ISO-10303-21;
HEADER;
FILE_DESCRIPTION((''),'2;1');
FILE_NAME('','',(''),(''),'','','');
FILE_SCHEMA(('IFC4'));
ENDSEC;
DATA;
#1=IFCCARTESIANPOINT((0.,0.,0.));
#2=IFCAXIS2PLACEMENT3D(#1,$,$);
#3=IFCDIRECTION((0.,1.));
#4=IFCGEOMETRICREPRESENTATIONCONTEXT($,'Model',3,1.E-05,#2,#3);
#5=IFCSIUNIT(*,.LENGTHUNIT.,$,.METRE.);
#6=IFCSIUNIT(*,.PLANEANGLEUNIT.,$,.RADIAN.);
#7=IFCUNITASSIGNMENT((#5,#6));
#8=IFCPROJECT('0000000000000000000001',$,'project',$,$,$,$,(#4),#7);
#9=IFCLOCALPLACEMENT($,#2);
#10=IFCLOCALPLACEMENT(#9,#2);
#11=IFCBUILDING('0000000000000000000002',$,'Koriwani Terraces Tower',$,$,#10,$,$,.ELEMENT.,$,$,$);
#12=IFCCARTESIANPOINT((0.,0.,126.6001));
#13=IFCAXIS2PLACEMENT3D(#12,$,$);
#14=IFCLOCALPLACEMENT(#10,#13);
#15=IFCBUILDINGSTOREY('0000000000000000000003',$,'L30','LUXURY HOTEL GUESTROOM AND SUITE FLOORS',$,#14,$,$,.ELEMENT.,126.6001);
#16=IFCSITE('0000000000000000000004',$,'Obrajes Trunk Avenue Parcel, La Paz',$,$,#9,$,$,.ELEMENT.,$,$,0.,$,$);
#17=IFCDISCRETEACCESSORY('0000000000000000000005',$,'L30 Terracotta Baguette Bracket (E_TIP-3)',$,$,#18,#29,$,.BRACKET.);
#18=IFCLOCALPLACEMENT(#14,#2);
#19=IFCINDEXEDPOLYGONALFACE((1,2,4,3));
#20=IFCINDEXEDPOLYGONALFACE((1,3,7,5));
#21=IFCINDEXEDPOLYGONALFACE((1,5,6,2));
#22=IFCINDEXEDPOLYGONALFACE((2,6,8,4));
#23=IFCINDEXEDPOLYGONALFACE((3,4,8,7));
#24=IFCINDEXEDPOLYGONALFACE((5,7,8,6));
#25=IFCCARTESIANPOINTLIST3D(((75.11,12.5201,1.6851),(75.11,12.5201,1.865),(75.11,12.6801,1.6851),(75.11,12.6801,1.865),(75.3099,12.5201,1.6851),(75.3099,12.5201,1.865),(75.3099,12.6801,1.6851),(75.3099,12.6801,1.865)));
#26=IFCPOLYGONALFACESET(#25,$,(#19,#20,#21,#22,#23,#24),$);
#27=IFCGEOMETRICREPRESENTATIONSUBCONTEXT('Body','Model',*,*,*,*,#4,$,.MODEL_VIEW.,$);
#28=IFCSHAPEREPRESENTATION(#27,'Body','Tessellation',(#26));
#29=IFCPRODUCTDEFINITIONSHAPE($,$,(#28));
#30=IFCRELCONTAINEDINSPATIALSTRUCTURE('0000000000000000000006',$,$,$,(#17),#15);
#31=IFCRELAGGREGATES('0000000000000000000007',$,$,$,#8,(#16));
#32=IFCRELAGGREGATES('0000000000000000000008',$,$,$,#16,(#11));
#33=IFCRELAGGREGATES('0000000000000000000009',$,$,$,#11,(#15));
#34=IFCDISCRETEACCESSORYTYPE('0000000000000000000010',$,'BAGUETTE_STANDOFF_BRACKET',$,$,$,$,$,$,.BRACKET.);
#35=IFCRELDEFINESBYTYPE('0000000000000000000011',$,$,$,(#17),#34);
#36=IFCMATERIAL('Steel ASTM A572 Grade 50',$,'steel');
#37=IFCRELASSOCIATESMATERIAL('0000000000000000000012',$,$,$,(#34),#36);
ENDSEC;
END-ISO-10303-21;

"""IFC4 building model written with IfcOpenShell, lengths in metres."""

from ifc_helpers import new_model, si_unit, direction, frame, origin, origin_2d, place, context, subcontext, project, spatial, rectangle, extrude, material, type_object, element, save


model = new_model("IFC4")

# Units and contexts
model_context = context("Model", 3, precision=1e-05, world=origin(), true_north=direction((0.0, 1.0)))
body_context = subcontext(model_context, "Body", "Model", "MODEL_VIEW")
ifc_project = project(units=[si_unit("LENGTHUNIT", "METRE"), si_unit("PLANEANGLEUNIT", "RADIAN")], contexts=[model_context])

# Site, building, storey
site_placement = place(None, origin())
site = spatial("IfcSite", under=ifc_project, at=site_placement, Name="Obrajes Trunk Avenue Parcel, La Paz", CompositionType="ELEMENT", RefElevation=0.0)
building_placement = place(site_placement, origin())
building = spatial("IfcBuilding", under=site, at=building_placement, Name="Koriwani Terraces Tower", CompositionType="ELEMENT")
storey_placement = place(building_placement, frame((0.0, 0.0, 126.6001)))
storey = spatial("IfcBuildingStorey", under=building, at=storey_placement, Name="L30", Description="LUXURY HOTEL GUESTROOM AND SUITE FLOORS", CompositionType="ELEMENT", Elevation=126.6001)

# Shared definitions
ifc_material_1 = material(Name="Steel ASTM A572 Grade 50", Category="steel")

# Discrete accessory
discrete_accessory_type = type_object("IfcDiscreteAccessoryType", Name="BAGUETTE_STANDOFF_BRACKET", PredefinedType="BRACKET", material=ifc_material_1)
discrete_accessory_placement = place(storey_placement, frame((75.21, 12.6001, 1.6851), z_axis=(0.0, 0.0, 1.0), x_axis=(0.0, -1.0, 0.0)))
element("IfcDiscreteAccessory", 1, at=discrete_accessory_placement, inside=storey, type_object=discrete_accessory_type, Name="L30 Terracotta Baguette Bracket (E_TIP-3)", PredefinedType="BRACKET", context=body_context, shape_type="SweptSolid", body=[
    extrude(rectangle(XDim=0.1599, YDim=0.2, at=origin_2d()), origin(), (0.0, 0.0, 1.0), 0.1799),
])

save(model, "model.ifc")
